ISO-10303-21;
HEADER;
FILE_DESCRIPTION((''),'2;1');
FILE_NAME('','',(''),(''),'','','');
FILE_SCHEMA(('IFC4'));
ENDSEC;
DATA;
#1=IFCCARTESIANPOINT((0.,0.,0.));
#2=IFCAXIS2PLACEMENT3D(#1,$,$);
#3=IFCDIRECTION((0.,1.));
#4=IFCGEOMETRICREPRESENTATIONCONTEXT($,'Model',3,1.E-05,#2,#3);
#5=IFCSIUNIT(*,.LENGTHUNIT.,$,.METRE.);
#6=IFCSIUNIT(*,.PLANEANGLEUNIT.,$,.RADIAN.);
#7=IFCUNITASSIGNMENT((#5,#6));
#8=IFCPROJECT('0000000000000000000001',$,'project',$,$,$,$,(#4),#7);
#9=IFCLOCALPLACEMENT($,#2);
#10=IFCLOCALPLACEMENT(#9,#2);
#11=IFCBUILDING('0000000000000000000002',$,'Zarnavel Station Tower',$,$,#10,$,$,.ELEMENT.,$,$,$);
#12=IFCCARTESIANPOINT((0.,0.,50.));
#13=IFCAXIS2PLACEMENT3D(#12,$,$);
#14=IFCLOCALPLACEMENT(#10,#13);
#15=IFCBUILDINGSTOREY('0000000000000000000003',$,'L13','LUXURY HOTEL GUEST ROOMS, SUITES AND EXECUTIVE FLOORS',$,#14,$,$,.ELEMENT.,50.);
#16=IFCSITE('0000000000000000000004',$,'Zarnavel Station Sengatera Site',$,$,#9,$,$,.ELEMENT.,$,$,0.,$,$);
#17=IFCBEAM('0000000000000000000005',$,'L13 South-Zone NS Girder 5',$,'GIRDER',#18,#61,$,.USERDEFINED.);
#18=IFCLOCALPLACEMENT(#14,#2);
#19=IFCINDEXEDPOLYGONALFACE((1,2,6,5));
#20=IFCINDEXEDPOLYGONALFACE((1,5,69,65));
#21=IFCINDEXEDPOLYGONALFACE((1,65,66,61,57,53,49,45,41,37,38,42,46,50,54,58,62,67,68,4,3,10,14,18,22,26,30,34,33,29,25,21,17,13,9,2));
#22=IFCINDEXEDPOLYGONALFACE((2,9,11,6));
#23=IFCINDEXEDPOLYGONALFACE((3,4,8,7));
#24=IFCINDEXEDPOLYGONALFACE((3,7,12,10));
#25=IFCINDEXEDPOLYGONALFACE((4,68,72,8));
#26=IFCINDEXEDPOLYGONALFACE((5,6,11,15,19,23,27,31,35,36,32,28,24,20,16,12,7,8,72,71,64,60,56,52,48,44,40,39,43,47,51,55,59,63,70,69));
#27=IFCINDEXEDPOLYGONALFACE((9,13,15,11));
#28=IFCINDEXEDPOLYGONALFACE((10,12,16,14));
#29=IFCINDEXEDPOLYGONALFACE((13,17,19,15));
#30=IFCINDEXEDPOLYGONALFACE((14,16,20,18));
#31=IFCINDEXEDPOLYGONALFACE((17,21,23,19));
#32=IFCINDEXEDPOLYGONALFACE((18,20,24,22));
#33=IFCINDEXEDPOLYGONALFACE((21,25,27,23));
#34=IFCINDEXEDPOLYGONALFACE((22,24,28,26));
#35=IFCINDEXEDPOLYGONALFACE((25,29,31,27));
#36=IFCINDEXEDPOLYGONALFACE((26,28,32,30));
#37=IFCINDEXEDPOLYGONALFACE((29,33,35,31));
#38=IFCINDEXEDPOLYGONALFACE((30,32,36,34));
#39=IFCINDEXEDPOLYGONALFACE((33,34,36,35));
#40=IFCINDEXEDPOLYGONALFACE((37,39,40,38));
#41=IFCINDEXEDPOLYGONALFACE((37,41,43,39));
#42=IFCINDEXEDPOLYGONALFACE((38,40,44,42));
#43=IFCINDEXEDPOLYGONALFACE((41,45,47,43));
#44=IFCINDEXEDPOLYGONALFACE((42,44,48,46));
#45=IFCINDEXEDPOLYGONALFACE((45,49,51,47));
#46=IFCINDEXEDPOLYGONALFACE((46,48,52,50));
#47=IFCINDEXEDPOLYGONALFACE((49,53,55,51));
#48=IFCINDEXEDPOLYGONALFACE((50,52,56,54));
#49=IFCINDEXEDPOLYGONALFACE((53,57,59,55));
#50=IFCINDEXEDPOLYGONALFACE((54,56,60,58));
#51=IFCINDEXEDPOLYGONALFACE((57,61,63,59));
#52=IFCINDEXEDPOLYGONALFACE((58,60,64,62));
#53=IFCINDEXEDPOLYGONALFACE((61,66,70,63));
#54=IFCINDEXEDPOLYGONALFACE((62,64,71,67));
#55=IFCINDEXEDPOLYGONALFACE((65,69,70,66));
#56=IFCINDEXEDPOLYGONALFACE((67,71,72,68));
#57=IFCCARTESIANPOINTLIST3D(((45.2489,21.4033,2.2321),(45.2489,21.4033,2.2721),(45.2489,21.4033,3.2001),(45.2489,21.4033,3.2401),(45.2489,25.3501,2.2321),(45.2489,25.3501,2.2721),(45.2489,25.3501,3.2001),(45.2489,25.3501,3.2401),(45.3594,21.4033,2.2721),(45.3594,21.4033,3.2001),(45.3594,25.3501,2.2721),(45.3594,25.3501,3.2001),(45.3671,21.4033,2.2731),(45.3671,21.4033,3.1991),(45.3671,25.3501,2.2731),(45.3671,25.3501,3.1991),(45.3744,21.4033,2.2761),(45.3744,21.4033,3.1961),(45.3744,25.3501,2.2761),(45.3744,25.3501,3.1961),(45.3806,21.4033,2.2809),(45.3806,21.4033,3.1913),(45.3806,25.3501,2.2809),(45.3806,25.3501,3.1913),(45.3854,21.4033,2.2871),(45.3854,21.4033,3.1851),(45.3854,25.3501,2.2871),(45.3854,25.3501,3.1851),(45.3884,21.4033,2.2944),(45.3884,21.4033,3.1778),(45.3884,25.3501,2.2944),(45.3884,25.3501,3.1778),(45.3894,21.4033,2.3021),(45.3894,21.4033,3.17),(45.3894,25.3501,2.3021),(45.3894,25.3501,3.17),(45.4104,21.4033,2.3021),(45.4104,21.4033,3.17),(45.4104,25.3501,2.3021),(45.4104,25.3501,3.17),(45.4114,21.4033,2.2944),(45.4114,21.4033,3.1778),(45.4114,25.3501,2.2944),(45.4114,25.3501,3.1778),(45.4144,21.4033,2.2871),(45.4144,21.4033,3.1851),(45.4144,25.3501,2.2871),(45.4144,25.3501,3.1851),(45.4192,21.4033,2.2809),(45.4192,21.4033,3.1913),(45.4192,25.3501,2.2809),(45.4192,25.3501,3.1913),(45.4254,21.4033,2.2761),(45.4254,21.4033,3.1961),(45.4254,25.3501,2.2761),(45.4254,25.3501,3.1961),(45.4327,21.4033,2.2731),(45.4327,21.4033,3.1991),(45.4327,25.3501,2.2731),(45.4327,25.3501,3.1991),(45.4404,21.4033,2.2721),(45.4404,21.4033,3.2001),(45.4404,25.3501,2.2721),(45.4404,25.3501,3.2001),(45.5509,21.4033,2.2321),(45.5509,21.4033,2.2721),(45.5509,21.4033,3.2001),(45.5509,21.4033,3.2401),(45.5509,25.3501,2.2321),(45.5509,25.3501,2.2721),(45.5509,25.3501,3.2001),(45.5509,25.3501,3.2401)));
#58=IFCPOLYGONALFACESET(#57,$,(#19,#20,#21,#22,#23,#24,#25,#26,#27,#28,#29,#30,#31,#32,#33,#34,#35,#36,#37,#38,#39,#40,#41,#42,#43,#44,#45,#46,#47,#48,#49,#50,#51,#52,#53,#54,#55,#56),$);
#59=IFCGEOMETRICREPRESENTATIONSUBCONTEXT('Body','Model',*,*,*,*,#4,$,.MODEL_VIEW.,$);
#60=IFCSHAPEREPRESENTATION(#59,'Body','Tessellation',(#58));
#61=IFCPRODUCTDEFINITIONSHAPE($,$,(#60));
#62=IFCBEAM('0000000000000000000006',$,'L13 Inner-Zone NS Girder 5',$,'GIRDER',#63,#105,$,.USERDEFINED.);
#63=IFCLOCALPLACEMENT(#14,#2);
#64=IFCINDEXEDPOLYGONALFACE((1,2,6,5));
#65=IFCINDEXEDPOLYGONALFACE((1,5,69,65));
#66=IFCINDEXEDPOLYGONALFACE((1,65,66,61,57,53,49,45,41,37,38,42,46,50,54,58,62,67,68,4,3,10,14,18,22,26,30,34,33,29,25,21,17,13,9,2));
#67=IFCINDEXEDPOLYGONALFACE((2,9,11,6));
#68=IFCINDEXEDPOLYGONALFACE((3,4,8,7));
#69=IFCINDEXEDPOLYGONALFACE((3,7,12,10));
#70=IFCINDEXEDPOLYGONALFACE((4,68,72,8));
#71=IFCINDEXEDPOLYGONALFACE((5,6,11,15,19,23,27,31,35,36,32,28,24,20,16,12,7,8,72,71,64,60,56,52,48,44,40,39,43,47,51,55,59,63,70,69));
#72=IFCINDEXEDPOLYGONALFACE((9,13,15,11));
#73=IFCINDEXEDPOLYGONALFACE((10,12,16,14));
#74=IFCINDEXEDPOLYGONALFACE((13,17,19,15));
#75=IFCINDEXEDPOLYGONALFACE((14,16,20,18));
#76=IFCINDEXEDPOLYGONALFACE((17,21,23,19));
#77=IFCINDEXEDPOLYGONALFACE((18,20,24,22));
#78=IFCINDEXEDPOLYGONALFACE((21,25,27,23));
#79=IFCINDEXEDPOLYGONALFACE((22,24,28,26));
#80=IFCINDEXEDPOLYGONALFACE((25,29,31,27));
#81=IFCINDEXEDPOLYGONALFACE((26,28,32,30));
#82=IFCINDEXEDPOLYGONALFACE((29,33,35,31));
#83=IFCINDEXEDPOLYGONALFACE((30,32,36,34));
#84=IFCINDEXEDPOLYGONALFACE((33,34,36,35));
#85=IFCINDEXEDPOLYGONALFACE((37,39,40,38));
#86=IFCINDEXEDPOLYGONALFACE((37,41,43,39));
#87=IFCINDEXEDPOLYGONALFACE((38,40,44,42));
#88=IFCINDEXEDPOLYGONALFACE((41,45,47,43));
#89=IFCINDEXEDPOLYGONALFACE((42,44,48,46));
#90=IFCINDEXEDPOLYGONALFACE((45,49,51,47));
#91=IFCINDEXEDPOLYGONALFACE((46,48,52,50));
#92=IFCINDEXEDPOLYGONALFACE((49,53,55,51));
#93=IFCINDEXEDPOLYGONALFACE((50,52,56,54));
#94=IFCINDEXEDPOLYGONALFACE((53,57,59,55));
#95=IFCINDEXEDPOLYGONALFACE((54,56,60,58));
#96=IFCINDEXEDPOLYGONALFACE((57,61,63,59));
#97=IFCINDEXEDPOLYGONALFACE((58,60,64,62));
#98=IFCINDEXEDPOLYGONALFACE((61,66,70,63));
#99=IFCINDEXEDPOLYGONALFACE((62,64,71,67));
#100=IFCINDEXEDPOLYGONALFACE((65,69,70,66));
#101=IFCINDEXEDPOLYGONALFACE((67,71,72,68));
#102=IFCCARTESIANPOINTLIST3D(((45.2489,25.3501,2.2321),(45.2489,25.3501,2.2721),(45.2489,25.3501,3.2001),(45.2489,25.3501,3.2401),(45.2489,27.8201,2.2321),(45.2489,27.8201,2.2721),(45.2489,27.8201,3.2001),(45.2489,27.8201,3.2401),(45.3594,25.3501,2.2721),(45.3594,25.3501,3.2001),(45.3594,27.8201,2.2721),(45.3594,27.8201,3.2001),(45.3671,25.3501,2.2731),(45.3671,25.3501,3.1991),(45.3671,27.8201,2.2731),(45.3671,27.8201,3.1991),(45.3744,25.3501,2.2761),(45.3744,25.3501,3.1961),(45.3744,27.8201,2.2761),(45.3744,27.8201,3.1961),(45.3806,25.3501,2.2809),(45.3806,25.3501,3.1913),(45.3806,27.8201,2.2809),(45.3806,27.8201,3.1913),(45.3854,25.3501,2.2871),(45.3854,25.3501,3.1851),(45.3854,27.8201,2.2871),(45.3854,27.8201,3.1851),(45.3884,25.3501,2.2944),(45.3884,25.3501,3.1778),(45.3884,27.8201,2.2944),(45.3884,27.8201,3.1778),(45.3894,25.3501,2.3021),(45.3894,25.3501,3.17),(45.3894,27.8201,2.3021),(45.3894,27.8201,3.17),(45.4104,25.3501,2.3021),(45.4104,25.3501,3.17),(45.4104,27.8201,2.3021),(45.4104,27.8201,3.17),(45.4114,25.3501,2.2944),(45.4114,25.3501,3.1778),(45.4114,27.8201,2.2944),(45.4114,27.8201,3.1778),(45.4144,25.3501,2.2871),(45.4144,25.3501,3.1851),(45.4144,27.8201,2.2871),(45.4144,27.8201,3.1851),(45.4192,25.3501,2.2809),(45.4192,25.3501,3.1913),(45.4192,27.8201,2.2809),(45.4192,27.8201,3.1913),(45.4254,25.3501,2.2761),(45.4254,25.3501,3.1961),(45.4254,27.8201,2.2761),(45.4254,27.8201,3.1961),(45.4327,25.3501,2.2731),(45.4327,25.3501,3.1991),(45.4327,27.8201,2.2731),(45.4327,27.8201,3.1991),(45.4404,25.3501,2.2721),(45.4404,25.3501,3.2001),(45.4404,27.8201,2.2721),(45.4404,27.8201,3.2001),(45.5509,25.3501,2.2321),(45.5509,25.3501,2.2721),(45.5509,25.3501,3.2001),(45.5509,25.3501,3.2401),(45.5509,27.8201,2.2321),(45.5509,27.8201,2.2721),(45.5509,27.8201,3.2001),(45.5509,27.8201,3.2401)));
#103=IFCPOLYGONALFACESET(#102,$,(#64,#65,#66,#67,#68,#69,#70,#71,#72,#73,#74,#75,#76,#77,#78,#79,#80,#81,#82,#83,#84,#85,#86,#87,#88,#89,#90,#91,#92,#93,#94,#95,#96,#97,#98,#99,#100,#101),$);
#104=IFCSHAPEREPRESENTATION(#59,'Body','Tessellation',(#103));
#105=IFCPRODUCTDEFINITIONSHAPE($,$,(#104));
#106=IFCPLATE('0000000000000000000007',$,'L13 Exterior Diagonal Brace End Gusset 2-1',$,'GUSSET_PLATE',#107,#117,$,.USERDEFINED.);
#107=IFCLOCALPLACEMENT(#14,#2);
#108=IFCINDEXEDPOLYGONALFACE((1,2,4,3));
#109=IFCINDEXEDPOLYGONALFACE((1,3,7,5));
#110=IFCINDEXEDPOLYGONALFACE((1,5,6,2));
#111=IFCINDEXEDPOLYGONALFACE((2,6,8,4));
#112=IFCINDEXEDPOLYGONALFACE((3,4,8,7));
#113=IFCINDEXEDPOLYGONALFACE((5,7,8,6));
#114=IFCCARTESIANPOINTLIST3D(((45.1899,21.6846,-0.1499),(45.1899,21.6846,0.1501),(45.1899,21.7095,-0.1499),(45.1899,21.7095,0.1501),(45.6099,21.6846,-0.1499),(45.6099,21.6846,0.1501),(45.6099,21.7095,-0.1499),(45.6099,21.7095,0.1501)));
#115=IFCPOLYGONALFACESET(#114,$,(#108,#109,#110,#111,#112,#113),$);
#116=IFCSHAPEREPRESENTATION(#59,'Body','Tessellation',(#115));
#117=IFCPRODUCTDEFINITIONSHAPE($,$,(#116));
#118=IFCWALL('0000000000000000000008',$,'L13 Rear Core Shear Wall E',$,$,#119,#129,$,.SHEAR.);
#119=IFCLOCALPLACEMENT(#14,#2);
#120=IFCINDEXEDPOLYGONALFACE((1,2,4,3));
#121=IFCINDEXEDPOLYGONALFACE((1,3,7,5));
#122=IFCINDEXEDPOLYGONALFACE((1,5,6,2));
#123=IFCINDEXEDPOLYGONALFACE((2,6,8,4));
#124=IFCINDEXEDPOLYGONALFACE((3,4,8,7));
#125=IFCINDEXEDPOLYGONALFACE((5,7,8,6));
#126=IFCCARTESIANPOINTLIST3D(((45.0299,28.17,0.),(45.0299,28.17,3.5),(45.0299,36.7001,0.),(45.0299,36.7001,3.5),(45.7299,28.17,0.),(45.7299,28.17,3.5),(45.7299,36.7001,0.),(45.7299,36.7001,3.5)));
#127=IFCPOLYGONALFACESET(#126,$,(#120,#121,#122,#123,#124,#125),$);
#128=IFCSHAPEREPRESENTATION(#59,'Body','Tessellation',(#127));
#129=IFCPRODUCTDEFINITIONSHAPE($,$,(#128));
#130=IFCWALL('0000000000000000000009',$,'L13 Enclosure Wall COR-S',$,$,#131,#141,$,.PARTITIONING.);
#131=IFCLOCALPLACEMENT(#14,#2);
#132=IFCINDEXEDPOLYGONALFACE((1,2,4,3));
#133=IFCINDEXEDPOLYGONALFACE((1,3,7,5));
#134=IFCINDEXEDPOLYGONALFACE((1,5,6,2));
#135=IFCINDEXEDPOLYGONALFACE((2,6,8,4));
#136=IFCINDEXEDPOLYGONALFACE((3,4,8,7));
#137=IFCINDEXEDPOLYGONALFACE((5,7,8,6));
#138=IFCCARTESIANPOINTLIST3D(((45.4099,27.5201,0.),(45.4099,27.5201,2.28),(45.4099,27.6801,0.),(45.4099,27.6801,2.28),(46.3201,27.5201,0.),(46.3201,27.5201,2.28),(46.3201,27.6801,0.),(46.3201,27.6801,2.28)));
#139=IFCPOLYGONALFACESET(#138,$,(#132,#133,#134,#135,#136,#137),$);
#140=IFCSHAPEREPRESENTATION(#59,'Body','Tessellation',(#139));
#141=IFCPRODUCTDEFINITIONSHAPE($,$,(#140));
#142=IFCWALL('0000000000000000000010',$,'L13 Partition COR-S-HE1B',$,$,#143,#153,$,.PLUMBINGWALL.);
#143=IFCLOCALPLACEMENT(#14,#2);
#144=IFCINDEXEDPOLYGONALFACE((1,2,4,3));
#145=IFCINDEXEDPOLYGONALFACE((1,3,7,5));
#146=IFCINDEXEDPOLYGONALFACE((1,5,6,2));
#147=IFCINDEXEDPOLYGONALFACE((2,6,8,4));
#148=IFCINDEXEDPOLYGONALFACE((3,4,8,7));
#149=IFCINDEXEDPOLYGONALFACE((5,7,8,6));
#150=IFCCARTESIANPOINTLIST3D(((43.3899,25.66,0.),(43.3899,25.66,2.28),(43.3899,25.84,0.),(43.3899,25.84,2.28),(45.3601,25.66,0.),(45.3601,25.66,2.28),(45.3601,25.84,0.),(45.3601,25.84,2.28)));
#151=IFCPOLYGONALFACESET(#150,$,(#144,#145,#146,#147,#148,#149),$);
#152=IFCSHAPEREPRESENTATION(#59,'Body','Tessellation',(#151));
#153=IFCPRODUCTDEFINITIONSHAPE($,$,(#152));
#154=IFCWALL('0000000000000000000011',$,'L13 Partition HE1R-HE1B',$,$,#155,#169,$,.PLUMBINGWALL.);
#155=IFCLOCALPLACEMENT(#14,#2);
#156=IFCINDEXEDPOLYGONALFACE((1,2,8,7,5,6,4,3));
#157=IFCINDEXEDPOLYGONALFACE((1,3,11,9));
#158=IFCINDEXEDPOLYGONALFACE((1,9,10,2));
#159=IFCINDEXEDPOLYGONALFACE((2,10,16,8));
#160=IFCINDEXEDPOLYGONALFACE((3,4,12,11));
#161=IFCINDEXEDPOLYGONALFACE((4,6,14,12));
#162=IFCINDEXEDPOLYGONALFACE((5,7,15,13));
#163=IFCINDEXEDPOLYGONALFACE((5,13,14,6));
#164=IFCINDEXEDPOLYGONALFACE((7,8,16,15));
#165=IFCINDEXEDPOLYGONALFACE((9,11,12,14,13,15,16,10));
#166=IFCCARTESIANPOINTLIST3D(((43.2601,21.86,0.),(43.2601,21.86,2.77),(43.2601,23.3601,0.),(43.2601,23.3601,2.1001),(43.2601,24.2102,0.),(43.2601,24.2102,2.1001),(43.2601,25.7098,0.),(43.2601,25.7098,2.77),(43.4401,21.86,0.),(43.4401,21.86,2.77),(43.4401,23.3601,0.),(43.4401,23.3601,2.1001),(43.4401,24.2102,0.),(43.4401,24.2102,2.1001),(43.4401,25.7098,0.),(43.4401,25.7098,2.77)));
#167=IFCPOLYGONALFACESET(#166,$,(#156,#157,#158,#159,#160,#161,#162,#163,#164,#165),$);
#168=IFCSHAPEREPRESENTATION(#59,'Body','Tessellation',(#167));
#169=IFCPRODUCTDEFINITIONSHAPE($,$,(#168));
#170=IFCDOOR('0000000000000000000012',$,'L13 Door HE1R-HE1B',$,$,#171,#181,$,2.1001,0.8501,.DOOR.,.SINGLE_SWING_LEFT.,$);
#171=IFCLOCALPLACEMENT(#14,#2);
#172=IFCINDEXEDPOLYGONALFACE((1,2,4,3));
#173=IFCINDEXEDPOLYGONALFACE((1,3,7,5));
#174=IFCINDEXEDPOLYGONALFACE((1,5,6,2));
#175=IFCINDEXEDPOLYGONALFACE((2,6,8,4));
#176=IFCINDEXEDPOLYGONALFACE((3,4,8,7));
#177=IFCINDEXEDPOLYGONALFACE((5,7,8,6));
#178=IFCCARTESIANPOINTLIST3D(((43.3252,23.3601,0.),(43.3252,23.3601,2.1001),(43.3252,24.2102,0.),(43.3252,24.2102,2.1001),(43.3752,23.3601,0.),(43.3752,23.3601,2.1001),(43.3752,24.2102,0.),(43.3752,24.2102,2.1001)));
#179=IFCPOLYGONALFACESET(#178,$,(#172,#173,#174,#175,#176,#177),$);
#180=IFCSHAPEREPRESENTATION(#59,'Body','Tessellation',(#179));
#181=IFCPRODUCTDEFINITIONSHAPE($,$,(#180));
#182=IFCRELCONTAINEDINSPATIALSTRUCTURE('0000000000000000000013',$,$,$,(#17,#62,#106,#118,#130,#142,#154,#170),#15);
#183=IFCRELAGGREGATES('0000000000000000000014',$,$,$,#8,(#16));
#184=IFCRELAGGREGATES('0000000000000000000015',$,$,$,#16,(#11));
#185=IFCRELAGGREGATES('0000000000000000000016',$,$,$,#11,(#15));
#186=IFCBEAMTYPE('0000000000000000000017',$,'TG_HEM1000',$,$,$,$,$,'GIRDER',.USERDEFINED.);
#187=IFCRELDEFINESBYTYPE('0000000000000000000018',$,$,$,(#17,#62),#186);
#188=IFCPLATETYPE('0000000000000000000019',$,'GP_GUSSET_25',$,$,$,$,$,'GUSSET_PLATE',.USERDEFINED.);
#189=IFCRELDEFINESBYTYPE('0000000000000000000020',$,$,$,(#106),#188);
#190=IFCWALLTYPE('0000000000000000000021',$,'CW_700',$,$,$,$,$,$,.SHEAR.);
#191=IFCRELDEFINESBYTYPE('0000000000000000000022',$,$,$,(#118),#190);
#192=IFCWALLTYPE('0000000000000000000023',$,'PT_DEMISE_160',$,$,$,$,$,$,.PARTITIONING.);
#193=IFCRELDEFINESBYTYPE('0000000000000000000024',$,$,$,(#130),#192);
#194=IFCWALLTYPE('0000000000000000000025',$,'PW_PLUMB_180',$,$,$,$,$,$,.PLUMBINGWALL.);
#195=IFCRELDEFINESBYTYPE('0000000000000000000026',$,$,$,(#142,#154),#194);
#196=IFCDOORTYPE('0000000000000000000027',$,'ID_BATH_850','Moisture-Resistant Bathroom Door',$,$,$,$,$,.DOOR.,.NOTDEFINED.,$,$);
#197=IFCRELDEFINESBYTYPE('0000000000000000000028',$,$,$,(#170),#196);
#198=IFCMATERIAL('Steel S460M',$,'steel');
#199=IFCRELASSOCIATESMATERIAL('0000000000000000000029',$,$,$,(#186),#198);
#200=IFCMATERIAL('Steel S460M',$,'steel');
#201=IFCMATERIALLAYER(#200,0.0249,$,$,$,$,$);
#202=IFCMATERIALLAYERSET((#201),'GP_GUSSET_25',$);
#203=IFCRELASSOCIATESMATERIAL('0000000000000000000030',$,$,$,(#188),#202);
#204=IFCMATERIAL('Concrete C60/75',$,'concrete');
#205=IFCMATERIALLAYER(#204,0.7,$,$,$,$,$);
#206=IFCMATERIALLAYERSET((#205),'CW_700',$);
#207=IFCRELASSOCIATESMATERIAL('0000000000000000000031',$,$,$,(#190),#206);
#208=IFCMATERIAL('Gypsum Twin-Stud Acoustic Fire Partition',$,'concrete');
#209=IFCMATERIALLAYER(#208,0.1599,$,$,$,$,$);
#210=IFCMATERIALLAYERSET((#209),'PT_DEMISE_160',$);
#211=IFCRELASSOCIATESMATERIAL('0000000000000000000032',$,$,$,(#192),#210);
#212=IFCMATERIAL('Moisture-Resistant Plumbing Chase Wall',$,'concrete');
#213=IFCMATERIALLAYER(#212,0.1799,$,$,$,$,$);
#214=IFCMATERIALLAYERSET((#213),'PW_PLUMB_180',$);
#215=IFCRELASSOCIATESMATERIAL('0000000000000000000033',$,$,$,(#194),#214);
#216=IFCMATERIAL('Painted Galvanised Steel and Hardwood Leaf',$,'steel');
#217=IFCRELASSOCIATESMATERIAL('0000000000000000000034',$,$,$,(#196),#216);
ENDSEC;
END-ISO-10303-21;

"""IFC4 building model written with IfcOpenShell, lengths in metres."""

from ifc_helpers import new_model, si_unit, direction, frame, frame_2d, origin, origin_2d, place, context, subcontext, project, spatial, rectangle, i_section, extrude, material, layer, layer_set, material_profile, profile_set, type_object, element, fill, save


model = new_model("IFC4")

# Units and contexts
model_context = context("Model", 3, precision=1e-05, world=origin(), true_north=direction((0.0, 1.0)))
body_context = subcontext(model_context, "Body", "Model", "MODEL_VIEW")
ifc_project = project(units=[si_unit("LENGTHUNIT", "METRE"), si_unit("PLANEANGLEUNIT", "RADIAN")], contexts=[model_context])

# Site, building, storey
site_placement = place(None, origin())
site = spatial("IfcSite", under=ifc_project, at=site_placement, Name="Zarnavel Station Sengatera Site", CompositionType="ELEMENT", RefElevation=0.0)
building_placement = place(site_placement, origin())
building = spatial("IfcBuilding", under=site, at=building_placement, Name="Zarnavel Station Tower", CompositionType="ELEMENT")
storey_placement = place(building_placement, frame((0.0, 0.0, 50.0)))
storey = spatial("IfcBuildingStorey", under=building, at=storey_placement, Name="L13", Description="LUXURY HOTEL GUEST ROOMS, SUITES AND EXECUTIVE FLOORS", CompositionType="ELEMENT", Elevation=50.0)

# Beams
ifc_material_1 = material(Name="Steel S460M", Category="steel")
ifc_material_profile_1 = material_profile(ifc_material_1, i_section(OverallWidth=0.302, OverallDepth=1.0081, WebThickness=0.021, FlangeThickness=0.04, FilletRadius=0.03, at=origin_2d()), Name="HEM1000")
ifc_profile_set_1 = profile_set([ifc_material_profile_1], Name="Steel S460M")
beam_type = type_object("IfcBeamType", Name="TG_HEM1000", ElementType="GIRDER", PredefinedType="USERDEFINED", material=ifc_profile_set_1)
beam_1_placement = place(storey_placement, frame((45.3999, 21.4033, 2.7361), z_axis=(0.0, 1.0, 0.0), x_axis=(-1.0, 0.0, 0.0)))
element("IfcBeam", 1, at=beam_1_placement, inside=storey, type_object=beam_type, Name="L13 South-Zone NS Girder 5", ObjectType="GIRDER", PredefinedType="USERDEFINED", context=body_context, shape_type="SweptSolid", body=[
    extrude(i_section(OverallWidth=0.302, OverallDepth=1.0081, WebThickness=0.021, FlangeThickness=0.04, FilletRadius=0.03, at=origin_2d()), origin(), (0.0, 0.0, 1.0), 3.9468),
])
beam_2_placement = place(storey_placement, frame((45.3999, 25.3501, 2.7361), z_axis=(0.0, 1.0, 0.0), x_axis=(-1.0, 0.0, 0.0)))
element("IfcBeam", 2, at=beam_2_placement, inside=storey, type_object=beam_type, Name="L13 Inner-Zone NS Girder 5", ObjectType="GIRDER", PredefinedType="USERDEFINED", context=body_context, shape_type="SweptSolid", body=[
    extrude(i_section(OverallWidth=0.302, OverallDepth=1.0081, WebThickness=0.021, FlangeThickness=0.04, FilletRadius=0.03, at=origin_2d()), origin(), (0.0, 0.0, 1.0), 2.47),
])

# Plate
ifc_material_2 = material(Name="Steel S460M", Category="steel")
ifc_layer_1 = layer(ifc_material_2, 0.0249)
ifc_layer_set_1 = layer_set([ifc_layer_1], Name="GP_GUSSET_25")
plate_type = type_object("IfcPlateType", Name="GP_GUSSET_25", ElementType="GUSSET_PLATE", PredefinedType="USERDEFINED", material=ifc_layer_set_1)
plate_placement = place(storey_placement, frame((45.3999, 21.697, -0.1499), z_axis=(0.0, 0.0, 1.0), x_axis=(1.0, 0.0, 0.0)))
element("IfcPlate", 3, at=plate_placement, inside=storey, type_object=plate_type, Name="L13 Exterior Diagonal Brace End Gusset 2-1", ObjectType="GUSSET_PLATE", PredefinedType="USERDEFINED", context=body_context, shape_type="SweptSolid", body=[
    extrude(rectangle(XDim=0.4199, YDim=0.0249, at=origin_2d()), origin(), (0.0, 0.0, 1.0), 0.3),
])

# Shared definitions
ifc_material_3 = material(Name="Concrete C60/75", Category="concrete")
ifc_layer_2 = layer(ifc_material_3, 0.7)
ifc_layer_set_2 = layer_set([ifc_layer_2], Name="CW_700")
wall_type_1 = type_object("IfcWallType", Name="CW_700", PredefinedType="SHEAR", material=ifc_layer_set_2)

# Walls
wall_1_placement = place(storey_placement, frame((45.3799, 28.1699, 0.0), z_axis=(0.0, 0.0, 1.0), x_axis=(0.0, 1.0, 0.0)))
element("IfcWall", 4, at=wall_1_placement, inside=storey, type_object=wall_type_1, Name="L13 Rear Core Shear Wall E", PredefinedType="SHEAR", context=body_context, shape_type="SweptSolid", body=[
    extrude(rectangle(XDim=8.53, YDim=0.7, at=frame_2d((4.2651, 0.0))), origin(), (0.0, 0.0, 1.0), 3.5),
])
ifc_material_4 = material(Name="Gypsum Twin-Stud Acoustic Fire Partition", Category="concrete")
ifc_layer_3 = layer(ifc_material_4, 0.1599)
ifc_layer_set_3 = layer_set([ifc_layer_3], Name="PT_DEMISE_160")
wall_type_2 = type_object("IfcWallType", Name="PT_DEMISE_160", PredefinedType="PARTITIONING", material=ifc_layer_set_3)
wall_2_placement = place(storey_placement, frame((45.4099, 27.6001, 0.0), z_axis=(0.0, 0.0, 1.0), x_axis=(1.0, 0.0, 0.0)))
element("IfcWall", 5, at=wall_2_placement, inside=storey, type_object=wall_type_2, Name="L13 Enclosure Wall COR-S", PredefinedType="PARTITIONING", context=body_context, shape_type="SweptSolid", body=[
    extrude(rectangle(XDim=0.9102, YDim=0.1599, at=frame_2d((0.4551, 0.0))), origin(), (0.0, 0.0, 1.0), 2.28),
])
ifc_material_5 = material(Name="Moisture-Resistant Plumbing Chase Wall", Category="concrete")
ifc_layer_4 = layer(ifc_material_5, 0.1799)
ifc_layer_set_4 = layer_set([ifc_layer_4], Name="PW_PLUMB_180")
wall_type_3 = type_object("IfcWallType", Name="PW_PLUMB_180", PredefinedType="PLUMBINGWALL", material=ifc_layer_set_4)
wall_3_placement = place(storey_placement, frame((43.3899, 25.75, 0.0), z_axis=(0.0, 0.0, 1.0), x_axis=(1.0, 0.0, 0.0)))
element("IfcWall", 6, at=wall_3_placement, inside=storey, type_object=wall_type_3, Name="L13 Partition COR-S-HE1B", PredefinedType="PLUMBINGWALL", context=body_context, shape_type="SweptSolid", body=[
    extrude(rectangle(XDim=1.9702, YDim=0.1799, at=frame_2d((0.9851, 0.0))), origin(), (0.0, 0.0, 1.0), 2.28),
])

# Wall, opening, door
wall_4_placement = place(storey_placement, frame((43.3501, 21.8601, 0.0), z_axis=(0.0, 0.0, 1.0), x_axis=(0.0, 1.0, 0.0)))
wall_4 = element("IfcWall", 7, at=wall_4_placement, inside=storey, type_object=wall_type_3, Name="L13 Partition HE1R-HE1B", PredefinedType="PLUMBINGWALL", context=body_context, shape_type="SweptSolid", body=[
    extrude(rectangle(XDim=3.8499, YDim=0.1799, at=frame_2d((1.9248, 0.0))), origin(), (0.0, 0.0, 1.0), 2.77),
])
opening_1_placement = place(wall_4_placement, frame((1.5, 0.0, 0.0)))
opening_1 = element("IfcOpeningElement", 8, at=opening_1_placement, cuts=wall_4, PredefinedType="OPENING", context=body_context, shape_type="SweptSolid", body=[
    extrude(rectangle(XDim=0.8501, YDim=2.1001, at=frame_2d((0.425, 1.05))), frame((0.0, 0.0999, 0.0), z_axis=(0.0, -1.0, 0.0), x_axis=(1.0, 0.0, 0.0)), (0.0, 0.0, 1.0), 0.2),
])
ifc_material_6 = material(Name="Painted Galvanised Steel and Hardwood Leaf", Category="steel")
door_type_1 = type_object("IfcDoorType", Name="ID_BATH_850", Description="Moisture-Resistant Bathroom Door", OperationType="NOTDEFINED", PredefinedType="DOOR", material=ifc_material_6)
door_1_placement = place(opening_1_placement, origin())
door_1 = element("IfcDoor", 9, at=door_1_placement, inside=storey, type_object=door_type_1, Name="L13 Door HE1R-HE1B", OperationType="SINGLE_SWING_LEFT", OverallHeight=2.1001, OverallWidth=0.8501, PredefinedType="DOOR", context=body_context, shape_type="SweptSolid", body=[
    extrude(rectangle(XDim=0.8501, YDim=2.1001, at=frame_2d((0.425, 1.05))), frame((0.0, 0.0249, 0.0), z_axis=(0.0, -1.0, 0.0), x_axis=(1.0, 0.0, 0.0)), (0.0, 0.0, 1.0), 0.05),
])
fill(opening_1, door_1)

save(model, "model.ifc")
